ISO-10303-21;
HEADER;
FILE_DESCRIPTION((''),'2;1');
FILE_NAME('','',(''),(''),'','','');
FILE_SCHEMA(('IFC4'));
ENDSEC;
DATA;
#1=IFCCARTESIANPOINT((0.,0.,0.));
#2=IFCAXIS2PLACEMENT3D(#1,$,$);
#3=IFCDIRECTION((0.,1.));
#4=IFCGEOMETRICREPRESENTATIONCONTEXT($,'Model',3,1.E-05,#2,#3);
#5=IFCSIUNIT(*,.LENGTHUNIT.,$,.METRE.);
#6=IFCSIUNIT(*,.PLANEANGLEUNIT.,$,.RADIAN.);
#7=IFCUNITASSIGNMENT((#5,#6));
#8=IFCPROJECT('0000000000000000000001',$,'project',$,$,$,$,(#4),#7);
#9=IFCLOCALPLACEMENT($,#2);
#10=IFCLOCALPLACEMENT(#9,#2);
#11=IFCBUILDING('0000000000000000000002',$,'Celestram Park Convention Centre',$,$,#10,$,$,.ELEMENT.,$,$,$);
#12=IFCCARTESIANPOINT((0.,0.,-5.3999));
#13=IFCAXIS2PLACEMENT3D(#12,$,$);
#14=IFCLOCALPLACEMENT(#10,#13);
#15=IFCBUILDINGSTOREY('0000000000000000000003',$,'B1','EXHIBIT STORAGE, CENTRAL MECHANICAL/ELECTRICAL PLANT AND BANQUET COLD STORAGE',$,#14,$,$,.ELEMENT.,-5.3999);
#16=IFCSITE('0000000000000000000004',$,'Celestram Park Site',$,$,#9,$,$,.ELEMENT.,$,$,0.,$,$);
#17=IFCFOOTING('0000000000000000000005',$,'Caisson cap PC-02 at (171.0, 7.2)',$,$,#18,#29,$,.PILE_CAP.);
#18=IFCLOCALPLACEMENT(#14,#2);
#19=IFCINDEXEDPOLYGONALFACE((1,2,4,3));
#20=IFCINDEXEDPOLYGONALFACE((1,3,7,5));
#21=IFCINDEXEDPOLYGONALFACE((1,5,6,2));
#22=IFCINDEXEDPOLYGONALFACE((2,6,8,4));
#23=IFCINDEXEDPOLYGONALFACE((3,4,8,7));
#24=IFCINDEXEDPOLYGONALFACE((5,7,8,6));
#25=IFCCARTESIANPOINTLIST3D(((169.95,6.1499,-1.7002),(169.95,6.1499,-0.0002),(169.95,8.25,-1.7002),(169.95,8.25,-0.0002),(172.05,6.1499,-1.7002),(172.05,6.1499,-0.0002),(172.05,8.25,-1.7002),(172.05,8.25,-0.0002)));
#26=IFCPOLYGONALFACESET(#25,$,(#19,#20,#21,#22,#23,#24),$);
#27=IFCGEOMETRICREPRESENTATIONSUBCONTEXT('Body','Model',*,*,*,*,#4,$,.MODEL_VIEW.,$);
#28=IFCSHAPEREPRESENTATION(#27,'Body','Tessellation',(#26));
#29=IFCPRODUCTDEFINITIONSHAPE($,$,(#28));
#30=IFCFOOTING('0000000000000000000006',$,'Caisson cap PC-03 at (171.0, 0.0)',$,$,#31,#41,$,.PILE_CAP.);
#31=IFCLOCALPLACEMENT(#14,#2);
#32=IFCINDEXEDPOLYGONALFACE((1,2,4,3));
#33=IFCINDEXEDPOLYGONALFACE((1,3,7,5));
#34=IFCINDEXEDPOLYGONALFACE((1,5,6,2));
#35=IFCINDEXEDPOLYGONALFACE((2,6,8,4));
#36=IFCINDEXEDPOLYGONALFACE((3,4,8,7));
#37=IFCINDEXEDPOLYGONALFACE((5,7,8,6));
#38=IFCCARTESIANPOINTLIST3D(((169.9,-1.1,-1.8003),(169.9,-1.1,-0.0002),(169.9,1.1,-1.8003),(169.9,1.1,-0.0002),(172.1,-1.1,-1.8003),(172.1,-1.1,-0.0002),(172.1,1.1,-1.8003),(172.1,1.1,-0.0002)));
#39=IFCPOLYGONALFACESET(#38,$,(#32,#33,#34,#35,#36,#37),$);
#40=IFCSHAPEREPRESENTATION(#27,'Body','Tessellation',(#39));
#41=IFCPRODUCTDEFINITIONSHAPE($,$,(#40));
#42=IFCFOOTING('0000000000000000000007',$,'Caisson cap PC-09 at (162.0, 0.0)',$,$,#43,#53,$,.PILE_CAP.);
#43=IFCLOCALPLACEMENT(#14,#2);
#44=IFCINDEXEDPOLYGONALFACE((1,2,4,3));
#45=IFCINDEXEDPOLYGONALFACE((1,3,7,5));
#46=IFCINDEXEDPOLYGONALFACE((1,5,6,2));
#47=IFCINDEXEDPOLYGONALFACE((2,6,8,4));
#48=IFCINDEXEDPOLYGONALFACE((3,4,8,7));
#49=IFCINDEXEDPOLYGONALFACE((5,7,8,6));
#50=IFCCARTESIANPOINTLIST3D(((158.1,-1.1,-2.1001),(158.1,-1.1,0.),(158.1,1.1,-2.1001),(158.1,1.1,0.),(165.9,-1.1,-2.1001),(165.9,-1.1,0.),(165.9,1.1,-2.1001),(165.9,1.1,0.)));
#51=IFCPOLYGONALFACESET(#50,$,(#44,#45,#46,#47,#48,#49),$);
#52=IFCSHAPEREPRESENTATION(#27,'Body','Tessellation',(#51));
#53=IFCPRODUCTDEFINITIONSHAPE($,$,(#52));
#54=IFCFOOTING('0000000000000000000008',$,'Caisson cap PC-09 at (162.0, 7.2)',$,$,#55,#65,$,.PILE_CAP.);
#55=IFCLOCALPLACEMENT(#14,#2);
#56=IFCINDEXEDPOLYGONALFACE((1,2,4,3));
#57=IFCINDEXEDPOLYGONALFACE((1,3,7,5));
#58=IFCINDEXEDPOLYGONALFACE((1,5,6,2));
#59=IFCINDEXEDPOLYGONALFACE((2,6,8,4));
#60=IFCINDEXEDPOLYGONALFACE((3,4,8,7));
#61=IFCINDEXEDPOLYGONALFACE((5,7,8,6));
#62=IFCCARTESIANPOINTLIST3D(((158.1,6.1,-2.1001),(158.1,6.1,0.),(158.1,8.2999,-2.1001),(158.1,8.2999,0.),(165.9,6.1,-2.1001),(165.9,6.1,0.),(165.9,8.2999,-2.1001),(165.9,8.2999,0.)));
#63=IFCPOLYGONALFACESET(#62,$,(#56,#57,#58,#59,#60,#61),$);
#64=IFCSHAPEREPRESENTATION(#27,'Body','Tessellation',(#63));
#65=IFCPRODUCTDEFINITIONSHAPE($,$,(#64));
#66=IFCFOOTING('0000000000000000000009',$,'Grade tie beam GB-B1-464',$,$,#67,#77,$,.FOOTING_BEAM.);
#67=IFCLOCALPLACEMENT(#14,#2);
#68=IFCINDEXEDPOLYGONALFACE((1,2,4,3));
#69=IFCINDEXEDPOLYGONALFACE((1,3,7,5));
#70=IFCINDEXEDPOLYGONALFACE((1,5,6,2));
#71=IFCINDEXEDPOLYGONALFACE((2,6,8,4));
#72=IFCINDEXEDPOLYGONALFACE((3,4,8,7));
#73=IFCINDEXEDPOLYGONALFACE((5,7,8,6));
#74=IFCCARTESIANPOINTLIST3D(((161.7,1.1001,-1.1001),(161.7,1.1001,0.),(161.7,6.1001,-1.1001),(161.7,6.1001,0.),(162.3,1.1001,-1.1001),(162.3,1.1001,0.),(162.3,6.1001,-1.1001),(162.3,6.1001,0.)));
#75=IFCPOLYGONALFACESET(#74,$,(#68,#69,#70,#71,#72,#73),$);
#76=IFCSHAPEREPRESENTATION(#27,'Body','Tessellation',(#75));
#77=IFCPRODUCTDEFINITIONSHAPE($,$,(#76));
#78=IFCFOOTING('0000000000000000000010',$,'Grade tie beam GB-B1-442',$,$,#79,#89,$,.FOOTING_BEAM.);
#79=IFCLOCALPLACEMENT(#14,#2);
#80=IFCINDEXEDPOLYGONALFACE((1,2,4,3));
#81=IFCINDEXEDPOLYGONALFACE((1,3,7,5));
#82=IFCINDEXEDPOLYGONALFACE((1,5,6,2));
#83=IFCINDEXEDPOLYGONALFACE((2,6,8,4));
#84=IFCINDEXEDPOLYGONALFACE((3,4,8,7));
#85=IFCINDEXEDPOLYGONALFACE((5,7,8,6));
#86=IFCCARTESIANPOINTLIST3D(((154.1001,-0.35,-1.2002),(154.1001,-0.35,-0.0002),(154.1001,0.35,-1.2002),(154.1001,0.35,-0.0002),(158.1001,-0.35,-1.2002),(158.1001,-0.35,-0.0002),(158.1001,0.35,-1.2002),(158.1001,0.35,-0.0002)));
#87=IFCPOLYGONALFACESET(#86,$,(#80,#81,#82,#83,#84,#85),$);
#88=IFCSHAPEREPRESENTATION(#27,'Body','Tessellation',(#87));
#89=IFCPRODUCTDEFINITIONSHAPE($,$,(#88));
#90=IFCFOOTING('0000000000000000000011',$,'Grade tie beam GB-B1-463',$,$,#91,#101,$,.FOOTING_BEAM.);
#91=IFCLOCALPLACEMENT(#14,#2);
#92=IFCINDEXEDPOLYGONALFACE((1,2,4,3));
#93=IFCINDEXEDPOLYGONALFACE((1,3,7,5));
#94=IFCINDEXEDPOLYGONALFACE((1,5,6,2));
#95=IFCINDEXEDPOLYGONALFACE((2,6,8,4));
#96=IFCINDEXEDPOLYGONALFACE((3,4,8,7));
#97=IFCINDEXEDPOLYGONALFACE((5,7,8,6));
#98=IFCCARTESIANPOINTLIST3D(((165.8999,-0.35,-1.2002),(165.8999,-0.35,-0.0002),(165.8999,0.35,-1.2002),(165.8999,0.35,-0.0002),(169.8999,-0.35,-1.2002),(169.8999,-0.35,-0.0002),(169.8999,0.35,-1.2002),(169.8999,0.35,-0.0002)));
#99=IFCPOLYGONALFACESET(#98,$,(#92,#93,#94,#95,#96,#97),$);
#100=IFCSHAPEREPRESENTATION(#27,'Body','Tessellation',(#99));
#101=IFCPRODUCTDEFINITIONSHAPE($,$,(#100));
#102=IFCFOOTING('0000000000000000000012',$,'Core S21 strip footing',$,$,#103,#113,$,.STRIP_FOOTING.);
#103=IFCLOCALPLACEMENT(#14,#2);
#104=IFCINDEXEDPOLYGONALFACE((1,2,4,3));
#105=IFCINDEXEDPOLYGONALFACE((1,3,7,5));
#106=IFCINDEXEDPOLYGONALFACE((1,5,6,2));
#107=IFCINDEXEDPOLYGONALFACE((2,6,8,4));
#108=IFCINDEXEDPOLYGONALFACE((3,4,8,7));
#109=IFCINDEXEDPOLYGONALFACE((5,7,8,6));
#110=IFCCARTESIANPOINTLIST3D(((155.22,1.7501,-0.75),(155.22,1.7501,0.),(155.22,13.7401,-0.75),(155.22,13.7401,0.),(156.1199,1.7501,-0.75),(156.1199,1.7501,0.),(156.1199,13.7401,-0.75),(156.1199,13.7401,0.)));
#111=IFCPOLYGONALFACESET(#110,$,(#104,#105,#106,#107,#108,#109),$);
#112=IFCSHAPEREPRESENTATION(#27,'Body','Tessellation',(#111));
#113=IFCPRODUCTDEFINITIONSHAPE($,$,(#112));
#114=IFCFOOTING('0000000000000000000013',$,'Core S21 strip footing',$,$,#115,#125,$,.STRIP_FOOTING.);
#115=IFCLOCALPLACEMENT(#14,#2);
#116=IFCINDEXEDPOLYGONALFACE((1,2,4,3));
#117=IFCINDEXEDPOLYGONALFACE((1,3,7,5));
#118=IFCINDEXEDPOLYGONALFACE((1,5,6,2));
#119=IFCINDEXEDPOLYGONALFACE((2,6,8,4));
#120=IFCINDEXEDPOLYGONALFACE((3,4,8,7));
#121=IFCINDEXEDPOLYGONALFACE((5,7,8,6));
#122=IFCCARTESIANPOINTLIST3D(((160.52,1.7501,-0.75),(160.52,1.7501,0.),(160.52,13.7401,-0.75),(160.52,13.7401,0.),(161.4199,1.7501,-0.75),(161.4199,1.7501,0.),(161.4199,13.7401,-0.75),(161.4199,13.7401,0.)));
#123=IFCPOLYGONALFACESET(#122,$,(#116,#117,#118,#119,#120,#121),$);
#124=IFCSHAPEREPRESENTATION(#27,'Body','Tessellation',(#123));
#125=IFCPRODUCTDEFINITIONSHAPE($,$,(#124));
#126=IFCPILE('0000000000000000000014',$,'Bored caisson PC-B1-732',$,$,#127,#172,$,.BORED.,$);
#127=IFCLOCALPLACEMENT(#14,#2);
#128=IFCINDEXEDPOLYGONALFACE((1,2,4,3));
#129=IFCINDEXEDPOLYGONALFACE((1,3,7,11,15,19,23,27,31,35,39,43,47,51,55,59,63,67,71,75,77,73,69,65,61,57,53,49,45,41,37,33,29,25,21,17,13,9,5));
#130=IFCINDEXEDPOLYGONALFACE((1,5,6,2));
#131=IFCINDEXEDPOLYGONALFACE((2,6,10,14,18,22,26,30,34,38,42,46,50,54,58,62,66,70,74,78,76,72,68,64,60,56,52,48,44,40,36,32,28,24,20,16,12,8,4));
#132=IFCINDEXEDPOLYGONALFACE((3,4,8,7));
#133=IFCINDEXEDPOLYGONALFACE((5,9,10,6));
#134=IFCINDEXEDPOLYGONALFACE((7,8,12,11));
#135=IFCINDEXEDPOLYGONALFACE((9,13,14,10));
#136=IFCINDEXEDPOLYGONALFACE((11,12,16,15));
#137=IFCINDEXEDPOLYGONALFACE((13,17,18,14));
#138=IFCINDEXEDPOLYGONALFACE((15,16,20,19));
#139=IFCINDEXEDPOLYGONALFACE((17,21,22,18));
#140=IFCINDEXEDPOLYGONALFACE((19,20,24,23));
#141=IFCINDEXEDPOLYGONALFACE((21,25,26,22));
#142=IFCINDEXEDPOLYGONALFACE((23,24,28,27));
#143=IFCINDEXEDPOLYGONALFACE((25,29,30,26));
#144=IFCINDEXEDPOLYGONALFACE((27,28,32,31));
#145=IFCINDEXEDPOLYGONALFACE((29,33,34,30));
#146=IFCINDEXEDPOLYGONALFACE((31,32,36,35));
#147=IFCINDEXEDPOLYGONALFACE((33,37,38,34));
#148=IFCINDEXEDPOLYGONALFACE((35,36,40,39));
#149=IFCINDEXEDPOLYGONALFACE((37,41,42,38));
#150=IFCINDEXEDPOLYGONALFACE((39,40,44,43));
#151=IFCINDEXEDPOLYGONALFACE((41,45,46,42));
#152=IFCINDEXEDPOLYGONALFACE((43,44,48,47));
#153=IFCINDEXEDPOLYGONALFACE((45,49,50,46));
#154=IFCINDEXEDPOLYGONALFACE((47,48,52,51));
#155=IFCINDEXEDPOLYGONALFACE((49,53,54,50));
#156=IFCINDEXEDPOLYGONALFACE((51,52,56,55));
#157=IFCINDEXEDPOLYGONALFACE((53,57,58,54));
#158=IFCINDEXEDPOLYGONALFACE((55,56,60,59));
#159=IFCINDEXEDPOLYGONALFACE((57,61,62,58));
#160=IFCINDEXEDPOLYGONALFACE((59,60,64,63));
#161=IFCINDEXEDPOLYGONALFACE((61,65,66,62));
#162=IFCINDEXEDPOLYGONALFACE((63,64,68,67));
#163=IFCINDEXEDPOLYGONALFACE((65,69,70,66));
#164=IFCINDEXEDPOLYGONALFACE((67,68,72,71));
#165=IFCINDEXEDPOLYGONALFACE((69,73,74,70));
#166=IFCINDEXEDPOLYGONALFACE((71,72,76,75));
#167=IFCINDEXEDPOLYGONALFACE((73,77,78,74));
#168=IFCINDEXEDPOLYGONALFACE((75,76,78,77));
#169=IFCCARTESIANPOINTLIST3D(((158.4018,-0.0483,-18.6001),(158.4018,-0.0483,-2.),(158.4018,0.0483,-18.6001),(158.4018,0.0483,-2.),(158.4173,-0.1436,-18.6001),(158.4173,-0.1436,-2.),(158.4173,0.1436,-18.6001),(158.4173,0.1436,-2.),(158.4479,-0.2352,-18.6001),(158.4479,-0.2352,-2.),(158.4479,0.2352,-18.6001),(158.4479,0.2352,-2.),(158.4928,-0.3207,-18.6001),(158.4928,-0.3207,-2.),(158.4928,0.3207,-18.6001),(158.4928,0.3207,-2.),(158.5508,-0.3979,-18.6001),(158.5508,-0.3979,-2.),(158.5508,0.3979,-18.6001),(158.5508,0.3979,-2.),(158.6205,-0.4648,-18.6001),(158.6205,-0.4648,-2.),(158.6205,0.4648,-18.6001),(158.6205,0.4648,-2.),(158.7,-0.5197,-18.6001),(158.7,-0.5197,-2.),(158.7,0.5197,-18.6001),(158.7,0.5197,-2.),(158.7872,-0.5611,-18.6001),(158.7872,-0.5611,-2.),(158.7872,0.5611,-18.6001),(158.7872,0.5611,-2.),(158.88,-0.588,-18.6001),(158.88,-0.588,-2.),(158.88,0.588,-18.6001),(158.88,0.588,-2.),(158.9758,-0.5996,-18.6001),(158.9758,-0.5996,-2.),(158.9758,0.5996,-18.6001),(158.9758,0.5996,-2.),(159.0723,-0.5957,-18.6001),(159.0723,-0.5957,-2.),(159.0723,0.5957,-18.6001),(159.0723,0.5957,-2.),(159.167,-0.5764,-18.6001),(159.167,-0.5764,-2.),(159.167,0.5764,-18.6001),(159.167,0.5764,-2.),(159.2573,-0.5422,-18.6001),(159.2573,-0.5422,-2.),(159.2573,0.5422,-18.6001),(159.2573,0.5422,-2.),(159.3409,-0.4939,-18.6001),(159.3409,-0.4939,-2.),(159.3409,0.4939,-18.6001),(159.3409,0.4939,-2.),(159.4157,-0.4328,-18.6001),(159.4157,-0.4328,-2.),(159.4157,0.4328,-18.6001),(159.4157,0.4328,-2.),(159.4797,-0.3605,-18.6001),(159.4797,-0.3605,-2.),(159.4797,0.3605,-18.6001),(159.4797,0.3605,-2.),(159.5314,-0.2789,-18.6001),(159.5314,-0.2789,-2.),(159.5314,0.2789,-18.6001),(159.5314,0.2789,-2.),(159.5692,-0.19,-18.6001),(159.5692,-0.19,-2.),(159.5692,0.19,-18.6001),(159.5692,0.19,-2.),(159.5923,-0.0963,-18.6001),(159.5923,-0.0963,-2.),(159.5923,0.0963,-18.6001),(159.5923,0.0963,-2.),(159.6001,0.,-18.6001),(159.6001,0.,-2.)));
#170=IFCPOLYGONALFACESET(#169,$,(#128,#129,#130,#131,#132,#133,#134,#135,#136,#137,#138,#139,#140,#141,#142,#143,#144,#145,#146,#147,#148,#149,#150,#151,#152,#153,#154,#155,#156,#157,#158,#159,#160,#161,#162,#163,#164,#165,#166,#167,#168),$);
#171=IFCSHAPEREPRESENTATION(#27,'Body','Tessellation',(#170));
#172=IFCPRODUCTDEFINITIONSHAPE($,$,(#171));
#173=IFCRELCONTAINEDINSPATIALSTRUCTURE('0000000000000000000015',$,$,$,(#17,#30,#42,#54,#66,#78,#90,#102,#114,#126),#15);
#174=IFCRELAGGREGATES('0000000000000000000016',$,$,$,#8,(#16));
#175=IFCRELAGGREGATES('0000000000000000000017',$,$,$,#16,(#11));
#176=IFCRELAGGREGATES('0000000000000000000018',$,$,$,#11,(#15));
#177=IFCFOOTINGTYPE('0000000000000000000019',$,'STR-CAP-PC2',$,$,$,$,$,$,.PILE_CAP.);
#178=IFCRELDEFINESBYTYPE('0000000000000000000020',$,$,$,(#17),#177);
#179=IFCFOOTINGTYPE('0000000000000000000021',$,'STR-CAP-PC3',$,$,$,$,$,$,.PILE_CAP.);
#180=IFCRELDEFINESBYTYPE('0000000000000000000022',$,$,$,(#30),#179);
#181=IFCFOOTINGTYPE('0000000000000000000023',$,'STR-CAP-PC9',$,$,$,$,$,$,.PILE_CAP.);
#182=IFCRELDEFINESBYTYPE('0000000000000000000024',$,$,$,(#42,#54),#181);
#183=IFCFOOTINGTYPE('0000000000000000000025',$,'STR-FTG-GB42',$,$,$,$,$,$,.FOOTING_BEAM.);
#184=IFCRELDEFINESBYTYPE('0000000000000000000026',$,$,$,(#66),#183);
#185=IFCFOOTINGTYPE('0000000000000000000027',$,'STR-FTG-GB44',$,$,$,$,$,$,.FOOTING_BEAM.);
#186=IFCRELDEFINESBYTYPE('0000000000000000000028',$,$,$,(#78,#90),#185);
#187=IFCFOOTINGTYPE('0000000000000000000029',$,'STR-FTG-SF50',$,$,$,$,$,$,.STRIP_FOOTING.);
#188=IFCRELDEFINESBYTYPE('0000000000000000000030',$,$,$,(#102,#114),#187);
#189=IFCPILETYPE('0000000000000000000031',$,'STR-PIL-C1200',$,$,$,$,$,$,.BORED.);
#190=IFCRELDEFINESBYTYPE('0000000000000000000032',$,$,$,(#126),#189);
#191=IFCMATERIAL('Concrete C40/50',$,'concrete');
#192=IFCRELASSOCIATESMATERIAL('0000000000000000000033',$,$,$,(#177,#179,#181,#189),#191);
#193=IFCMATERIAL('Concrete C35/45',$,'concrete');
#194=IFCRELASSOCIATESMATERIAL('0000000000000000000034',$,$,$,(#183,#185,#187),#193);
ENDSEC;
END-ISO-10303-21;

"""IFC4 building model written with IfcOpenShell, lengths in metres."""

from ifc_helpers import new_model, si_unit, direction, frame, origin, origin_2d, place, context, subcontext, project, spatial, rectangle, circle, extrude, material, material_profile, profile_set, type_object, element, save


model = new_model("IFC4")

# Units and contexts
model_context = context("Model", 3, precision=1e-05, world=origin(), true_north=direction((0.0, 1.0)))
body_context = subcontext(model_context, "Body", "Model", "MODEL_VIEW")
ifc_project = project(units=[si_unit("LENGTHUNIT", "METRE"), si_unit("PLANEANGLEUNIT", "RADIAN")], contexts=[model_context])

# Site, building, storey
site_placement = place(None, origin())
site = spatial("IfcSite", under=ifc_project, at=site_placement, Name="Celestram Park Site", CompositionType="ELEMENT", RefElevation=0.0)
building_placement = place(site_placement, origin())
building = spatial("IfcBuilding", under=site, at=building_placement, Name="Celestram Park Convention Centre", CompositionType="ELEMENT")
storey_placement = place(building_placement, frame((0.0, 0.0, -5.3999)))
storey = spatial("IfcBuildingStorey", under=building, at=storey_placement, Name="B1", Description="EXHIBIT STORAGE, CENTRAL MECHANICAL/ELECTRICAL PLANT AND BANQUET COLD STORAGE", CompositionType="ELEMENT", Elevation=-5.3999)

# Footings
ifc_material_1 = material(Name="Concrete C40/50", Category="concrete")
footing_type_1 = type_object("IfcFootingType", Name="STR-CAP-PC2", PredefinedType="PILE_CAP", material=ifc_material_1)
footing_1_placement = place(storey_placement, frame((171.0, 7.2, -1.7002), z_axis=(0.0, 0.0, 1.0), x_axis=(1.0, 0.0, 0.0)))
element("IfcFooting", 1, at=footing_1_placement, inside=storey, type_object=footing_type_1, Name="Caisson cap PC-02 at (171.0, 7.2)", PredefinedType="PILE_CAP", context=body_context, shape_type="SweptSolid", body=[
    extrude(rectangle(XDim=2.1001, YDim=2.1001, at=origin_2d()), origin(), (0.0, 0.0, 1.0), 1.7),
])
footing_type_2 = type_object("IfcFootingType", Name="STR-CAP-PC3", PredefinedType="PILE_CAP", material=ifc_material_1)
footing_2_placement = place(storey_placement, frame((171.0, 0.0, -1.8003), z_axis=(0.0, 0.0, 1.0), x_axis=(1.0, 0.0, 0.0)))
element("IfcFooting", 2, at=footing_2_placement, inside=storey, type_object=footing_type_2, Name="Caisson cap PC-03 at (171.0, 0.0)", PredefinedType="PILE_CAP", context=body_context, shape_type="SweptSolid", body=[
    extrude(rectangle(XDim=2.2, YDim=2.2, at=origin_2d()), origin(), (0.0, 0.0, 1.0), 1.8),
])
footing_type_3 = type_object("IfcFootingType", Name="STR-CAP-PC9", PredefinedType="PILE_CAP", material=ifc_material_1)
for number, where, z_axis, x_axis, name in (
    (3, (162.0, 0.0, -2.1001), (0.0, 0.0, 1.0), (1.0, 0.0, 0.0), "Caisson cap PC-09 at (162.0, 0.0)"),
    (4, (162.0, 7.2, -2.1001), (0.0, 0.0, 1.0), (1.0, 0.0, 0.0), "Caisson cap PC-09 at (162.0, 7.2)"),
):
    element("IfcFooting", number, at=place(storey_placement, frame(where, z_axis=z_axis, x_axis=x_axis)), inside=storey, type_object=footing_type_3, Name=name, PredefinedType="PILE_CAP", context=body_context, shape_type="SweptSolid", body=[
        extrude(rectangle(XDim=7.8, YDim=2.2, at=origin_2d()), origin(), (0.0, 0.0, 1.0), 2.1001),
    ])
ifc_material_2 = material(Name="Concrete C35/45", Category="concrete")
footing_type_4 = type_object("IfcFootingType", Name="STR-FTG-GB42", PredefinedType="FOOTING_BEAM", material=ifc_material_2)
footing_3_placement = place(storey_placement, frame((162.0, 3.6001, -1.1001), z_axis=(0.0, 0.0, 1.0), x_axis=(0.0, 1.0, 0.0)))
element("IfcFooting", 5, at=footing_3_placement, inside=storey, type_object=footing_type_4, Name="Grade tie beam GB-B1-464", PredefinedType="FOOTING_BEAM", context=body_context, shape_type="SweptSolid", body=[
    extrude(rectangle(XDim=5.0, YDim=0.6001, at=origin_2d()), origin(), (0.0, 0.0, 1.0), 1.1001),
])
footing_type_5 = type_object("IfcFootingType", Name="STR-FTG-GB44", PredefinedType="FOOTING_BEAM", material=ifc_material_2)
for number, where, z_axis, x_axis, name in (
    (6, (156.1001, 0.0, -1.2002), (0.0, 0.0, 1.0), (1.0, 0.0, 0.0), "Grade tie beam GB-B1-442"),
    (7, (167.8999, 0.0, -1.2002), (0.0, 0.0, 1.0), (1.0, 0.0, 0.0), "Grade tie beam GB-B1-463"),
):
    element("IfcFooting", number, at=place(storey_placement, frame(where, z_axis=z_axis, x_axis=x_axis)), inside=storey, type_object=footing_type_5, Name=name, PredefinedType="FOOTING_BEAM", context=body_context, shape_type="SweptSolid", body=[
        extrude(rectangle(XDim=4.0, YDim=0.7, at=origin_2d()), origin(), (0.0, 0.0, 1.0), 1.2),
    ])
footing_type_6 = type_object("IfcFootingType", Name="STR-FTG-SF50", PredefinedType="STRIP_FOOTING", material=ifc_material_2)
for number, where, z_axis, x_axis, name in (
    (8, (155.6699, 7.7451, -0.75), (0.0, 0.0, 1.0), (0.0, 1.0, 0.0), "Core S21 strip footing"),
    (9, (160.97, 7.7451, -0.75), (0.0, 0.0, 1.0), (0.0, 1.0, 0.0), "Core S21 strip footing"),
):
    element("IfcFooting", number, at=place(storey_placement, frame(where, z_axis=z_axis, x_axis=x_axis)), inside=storey, type_object=footing_type_6, Name=name, PredefinedType="STRIP_FOOTING", context=body_context, shape_type="SweptSolid", body=[
        extrude(rectangle(XDim=11.99, YDim=0.8999, at=origin_2d()), origin(), (0.0, 0.0, 1.0), 0.75),
    ])

# Pile
ifc_material_profile_1 = material_profile(ifc_material_1, circle(Radius=0.6001, at=origin_2d()), Name="CAISSON1200")
ifc_profile_set_1 = profile_set([ifc_material_profile_1], Name="Concrete C40/50")
pile_type_1 = type_object("IfcPileType", Name="STR-PIL-C1200", PredefinedType="BORED", material=ifc_profile_set_1)
for number, where, z_axis, x_axis, name in (
    (10, (159.0, 0.0, -2.0), (0.0, 0.0, -1.0), (1.0, 0.0, 0.0), "Bored caisson PC-B1-732"),
):
    element("IfcPile", number, at=place(storey_placement, frame(where, z_axis=z_axis, x_axis=x_axis)), inside=storey, type_object=pile_type_1, Name=name, PredefinedType="BORED", context=body_context, shape_type="SweptSolid", body=[
        extrude(circle(Radius=0.6001, at=origin_2d()), origin(), (0.0, 0.0, 1.0), 16.6001),
    ])

save(model, "model.ifc")
